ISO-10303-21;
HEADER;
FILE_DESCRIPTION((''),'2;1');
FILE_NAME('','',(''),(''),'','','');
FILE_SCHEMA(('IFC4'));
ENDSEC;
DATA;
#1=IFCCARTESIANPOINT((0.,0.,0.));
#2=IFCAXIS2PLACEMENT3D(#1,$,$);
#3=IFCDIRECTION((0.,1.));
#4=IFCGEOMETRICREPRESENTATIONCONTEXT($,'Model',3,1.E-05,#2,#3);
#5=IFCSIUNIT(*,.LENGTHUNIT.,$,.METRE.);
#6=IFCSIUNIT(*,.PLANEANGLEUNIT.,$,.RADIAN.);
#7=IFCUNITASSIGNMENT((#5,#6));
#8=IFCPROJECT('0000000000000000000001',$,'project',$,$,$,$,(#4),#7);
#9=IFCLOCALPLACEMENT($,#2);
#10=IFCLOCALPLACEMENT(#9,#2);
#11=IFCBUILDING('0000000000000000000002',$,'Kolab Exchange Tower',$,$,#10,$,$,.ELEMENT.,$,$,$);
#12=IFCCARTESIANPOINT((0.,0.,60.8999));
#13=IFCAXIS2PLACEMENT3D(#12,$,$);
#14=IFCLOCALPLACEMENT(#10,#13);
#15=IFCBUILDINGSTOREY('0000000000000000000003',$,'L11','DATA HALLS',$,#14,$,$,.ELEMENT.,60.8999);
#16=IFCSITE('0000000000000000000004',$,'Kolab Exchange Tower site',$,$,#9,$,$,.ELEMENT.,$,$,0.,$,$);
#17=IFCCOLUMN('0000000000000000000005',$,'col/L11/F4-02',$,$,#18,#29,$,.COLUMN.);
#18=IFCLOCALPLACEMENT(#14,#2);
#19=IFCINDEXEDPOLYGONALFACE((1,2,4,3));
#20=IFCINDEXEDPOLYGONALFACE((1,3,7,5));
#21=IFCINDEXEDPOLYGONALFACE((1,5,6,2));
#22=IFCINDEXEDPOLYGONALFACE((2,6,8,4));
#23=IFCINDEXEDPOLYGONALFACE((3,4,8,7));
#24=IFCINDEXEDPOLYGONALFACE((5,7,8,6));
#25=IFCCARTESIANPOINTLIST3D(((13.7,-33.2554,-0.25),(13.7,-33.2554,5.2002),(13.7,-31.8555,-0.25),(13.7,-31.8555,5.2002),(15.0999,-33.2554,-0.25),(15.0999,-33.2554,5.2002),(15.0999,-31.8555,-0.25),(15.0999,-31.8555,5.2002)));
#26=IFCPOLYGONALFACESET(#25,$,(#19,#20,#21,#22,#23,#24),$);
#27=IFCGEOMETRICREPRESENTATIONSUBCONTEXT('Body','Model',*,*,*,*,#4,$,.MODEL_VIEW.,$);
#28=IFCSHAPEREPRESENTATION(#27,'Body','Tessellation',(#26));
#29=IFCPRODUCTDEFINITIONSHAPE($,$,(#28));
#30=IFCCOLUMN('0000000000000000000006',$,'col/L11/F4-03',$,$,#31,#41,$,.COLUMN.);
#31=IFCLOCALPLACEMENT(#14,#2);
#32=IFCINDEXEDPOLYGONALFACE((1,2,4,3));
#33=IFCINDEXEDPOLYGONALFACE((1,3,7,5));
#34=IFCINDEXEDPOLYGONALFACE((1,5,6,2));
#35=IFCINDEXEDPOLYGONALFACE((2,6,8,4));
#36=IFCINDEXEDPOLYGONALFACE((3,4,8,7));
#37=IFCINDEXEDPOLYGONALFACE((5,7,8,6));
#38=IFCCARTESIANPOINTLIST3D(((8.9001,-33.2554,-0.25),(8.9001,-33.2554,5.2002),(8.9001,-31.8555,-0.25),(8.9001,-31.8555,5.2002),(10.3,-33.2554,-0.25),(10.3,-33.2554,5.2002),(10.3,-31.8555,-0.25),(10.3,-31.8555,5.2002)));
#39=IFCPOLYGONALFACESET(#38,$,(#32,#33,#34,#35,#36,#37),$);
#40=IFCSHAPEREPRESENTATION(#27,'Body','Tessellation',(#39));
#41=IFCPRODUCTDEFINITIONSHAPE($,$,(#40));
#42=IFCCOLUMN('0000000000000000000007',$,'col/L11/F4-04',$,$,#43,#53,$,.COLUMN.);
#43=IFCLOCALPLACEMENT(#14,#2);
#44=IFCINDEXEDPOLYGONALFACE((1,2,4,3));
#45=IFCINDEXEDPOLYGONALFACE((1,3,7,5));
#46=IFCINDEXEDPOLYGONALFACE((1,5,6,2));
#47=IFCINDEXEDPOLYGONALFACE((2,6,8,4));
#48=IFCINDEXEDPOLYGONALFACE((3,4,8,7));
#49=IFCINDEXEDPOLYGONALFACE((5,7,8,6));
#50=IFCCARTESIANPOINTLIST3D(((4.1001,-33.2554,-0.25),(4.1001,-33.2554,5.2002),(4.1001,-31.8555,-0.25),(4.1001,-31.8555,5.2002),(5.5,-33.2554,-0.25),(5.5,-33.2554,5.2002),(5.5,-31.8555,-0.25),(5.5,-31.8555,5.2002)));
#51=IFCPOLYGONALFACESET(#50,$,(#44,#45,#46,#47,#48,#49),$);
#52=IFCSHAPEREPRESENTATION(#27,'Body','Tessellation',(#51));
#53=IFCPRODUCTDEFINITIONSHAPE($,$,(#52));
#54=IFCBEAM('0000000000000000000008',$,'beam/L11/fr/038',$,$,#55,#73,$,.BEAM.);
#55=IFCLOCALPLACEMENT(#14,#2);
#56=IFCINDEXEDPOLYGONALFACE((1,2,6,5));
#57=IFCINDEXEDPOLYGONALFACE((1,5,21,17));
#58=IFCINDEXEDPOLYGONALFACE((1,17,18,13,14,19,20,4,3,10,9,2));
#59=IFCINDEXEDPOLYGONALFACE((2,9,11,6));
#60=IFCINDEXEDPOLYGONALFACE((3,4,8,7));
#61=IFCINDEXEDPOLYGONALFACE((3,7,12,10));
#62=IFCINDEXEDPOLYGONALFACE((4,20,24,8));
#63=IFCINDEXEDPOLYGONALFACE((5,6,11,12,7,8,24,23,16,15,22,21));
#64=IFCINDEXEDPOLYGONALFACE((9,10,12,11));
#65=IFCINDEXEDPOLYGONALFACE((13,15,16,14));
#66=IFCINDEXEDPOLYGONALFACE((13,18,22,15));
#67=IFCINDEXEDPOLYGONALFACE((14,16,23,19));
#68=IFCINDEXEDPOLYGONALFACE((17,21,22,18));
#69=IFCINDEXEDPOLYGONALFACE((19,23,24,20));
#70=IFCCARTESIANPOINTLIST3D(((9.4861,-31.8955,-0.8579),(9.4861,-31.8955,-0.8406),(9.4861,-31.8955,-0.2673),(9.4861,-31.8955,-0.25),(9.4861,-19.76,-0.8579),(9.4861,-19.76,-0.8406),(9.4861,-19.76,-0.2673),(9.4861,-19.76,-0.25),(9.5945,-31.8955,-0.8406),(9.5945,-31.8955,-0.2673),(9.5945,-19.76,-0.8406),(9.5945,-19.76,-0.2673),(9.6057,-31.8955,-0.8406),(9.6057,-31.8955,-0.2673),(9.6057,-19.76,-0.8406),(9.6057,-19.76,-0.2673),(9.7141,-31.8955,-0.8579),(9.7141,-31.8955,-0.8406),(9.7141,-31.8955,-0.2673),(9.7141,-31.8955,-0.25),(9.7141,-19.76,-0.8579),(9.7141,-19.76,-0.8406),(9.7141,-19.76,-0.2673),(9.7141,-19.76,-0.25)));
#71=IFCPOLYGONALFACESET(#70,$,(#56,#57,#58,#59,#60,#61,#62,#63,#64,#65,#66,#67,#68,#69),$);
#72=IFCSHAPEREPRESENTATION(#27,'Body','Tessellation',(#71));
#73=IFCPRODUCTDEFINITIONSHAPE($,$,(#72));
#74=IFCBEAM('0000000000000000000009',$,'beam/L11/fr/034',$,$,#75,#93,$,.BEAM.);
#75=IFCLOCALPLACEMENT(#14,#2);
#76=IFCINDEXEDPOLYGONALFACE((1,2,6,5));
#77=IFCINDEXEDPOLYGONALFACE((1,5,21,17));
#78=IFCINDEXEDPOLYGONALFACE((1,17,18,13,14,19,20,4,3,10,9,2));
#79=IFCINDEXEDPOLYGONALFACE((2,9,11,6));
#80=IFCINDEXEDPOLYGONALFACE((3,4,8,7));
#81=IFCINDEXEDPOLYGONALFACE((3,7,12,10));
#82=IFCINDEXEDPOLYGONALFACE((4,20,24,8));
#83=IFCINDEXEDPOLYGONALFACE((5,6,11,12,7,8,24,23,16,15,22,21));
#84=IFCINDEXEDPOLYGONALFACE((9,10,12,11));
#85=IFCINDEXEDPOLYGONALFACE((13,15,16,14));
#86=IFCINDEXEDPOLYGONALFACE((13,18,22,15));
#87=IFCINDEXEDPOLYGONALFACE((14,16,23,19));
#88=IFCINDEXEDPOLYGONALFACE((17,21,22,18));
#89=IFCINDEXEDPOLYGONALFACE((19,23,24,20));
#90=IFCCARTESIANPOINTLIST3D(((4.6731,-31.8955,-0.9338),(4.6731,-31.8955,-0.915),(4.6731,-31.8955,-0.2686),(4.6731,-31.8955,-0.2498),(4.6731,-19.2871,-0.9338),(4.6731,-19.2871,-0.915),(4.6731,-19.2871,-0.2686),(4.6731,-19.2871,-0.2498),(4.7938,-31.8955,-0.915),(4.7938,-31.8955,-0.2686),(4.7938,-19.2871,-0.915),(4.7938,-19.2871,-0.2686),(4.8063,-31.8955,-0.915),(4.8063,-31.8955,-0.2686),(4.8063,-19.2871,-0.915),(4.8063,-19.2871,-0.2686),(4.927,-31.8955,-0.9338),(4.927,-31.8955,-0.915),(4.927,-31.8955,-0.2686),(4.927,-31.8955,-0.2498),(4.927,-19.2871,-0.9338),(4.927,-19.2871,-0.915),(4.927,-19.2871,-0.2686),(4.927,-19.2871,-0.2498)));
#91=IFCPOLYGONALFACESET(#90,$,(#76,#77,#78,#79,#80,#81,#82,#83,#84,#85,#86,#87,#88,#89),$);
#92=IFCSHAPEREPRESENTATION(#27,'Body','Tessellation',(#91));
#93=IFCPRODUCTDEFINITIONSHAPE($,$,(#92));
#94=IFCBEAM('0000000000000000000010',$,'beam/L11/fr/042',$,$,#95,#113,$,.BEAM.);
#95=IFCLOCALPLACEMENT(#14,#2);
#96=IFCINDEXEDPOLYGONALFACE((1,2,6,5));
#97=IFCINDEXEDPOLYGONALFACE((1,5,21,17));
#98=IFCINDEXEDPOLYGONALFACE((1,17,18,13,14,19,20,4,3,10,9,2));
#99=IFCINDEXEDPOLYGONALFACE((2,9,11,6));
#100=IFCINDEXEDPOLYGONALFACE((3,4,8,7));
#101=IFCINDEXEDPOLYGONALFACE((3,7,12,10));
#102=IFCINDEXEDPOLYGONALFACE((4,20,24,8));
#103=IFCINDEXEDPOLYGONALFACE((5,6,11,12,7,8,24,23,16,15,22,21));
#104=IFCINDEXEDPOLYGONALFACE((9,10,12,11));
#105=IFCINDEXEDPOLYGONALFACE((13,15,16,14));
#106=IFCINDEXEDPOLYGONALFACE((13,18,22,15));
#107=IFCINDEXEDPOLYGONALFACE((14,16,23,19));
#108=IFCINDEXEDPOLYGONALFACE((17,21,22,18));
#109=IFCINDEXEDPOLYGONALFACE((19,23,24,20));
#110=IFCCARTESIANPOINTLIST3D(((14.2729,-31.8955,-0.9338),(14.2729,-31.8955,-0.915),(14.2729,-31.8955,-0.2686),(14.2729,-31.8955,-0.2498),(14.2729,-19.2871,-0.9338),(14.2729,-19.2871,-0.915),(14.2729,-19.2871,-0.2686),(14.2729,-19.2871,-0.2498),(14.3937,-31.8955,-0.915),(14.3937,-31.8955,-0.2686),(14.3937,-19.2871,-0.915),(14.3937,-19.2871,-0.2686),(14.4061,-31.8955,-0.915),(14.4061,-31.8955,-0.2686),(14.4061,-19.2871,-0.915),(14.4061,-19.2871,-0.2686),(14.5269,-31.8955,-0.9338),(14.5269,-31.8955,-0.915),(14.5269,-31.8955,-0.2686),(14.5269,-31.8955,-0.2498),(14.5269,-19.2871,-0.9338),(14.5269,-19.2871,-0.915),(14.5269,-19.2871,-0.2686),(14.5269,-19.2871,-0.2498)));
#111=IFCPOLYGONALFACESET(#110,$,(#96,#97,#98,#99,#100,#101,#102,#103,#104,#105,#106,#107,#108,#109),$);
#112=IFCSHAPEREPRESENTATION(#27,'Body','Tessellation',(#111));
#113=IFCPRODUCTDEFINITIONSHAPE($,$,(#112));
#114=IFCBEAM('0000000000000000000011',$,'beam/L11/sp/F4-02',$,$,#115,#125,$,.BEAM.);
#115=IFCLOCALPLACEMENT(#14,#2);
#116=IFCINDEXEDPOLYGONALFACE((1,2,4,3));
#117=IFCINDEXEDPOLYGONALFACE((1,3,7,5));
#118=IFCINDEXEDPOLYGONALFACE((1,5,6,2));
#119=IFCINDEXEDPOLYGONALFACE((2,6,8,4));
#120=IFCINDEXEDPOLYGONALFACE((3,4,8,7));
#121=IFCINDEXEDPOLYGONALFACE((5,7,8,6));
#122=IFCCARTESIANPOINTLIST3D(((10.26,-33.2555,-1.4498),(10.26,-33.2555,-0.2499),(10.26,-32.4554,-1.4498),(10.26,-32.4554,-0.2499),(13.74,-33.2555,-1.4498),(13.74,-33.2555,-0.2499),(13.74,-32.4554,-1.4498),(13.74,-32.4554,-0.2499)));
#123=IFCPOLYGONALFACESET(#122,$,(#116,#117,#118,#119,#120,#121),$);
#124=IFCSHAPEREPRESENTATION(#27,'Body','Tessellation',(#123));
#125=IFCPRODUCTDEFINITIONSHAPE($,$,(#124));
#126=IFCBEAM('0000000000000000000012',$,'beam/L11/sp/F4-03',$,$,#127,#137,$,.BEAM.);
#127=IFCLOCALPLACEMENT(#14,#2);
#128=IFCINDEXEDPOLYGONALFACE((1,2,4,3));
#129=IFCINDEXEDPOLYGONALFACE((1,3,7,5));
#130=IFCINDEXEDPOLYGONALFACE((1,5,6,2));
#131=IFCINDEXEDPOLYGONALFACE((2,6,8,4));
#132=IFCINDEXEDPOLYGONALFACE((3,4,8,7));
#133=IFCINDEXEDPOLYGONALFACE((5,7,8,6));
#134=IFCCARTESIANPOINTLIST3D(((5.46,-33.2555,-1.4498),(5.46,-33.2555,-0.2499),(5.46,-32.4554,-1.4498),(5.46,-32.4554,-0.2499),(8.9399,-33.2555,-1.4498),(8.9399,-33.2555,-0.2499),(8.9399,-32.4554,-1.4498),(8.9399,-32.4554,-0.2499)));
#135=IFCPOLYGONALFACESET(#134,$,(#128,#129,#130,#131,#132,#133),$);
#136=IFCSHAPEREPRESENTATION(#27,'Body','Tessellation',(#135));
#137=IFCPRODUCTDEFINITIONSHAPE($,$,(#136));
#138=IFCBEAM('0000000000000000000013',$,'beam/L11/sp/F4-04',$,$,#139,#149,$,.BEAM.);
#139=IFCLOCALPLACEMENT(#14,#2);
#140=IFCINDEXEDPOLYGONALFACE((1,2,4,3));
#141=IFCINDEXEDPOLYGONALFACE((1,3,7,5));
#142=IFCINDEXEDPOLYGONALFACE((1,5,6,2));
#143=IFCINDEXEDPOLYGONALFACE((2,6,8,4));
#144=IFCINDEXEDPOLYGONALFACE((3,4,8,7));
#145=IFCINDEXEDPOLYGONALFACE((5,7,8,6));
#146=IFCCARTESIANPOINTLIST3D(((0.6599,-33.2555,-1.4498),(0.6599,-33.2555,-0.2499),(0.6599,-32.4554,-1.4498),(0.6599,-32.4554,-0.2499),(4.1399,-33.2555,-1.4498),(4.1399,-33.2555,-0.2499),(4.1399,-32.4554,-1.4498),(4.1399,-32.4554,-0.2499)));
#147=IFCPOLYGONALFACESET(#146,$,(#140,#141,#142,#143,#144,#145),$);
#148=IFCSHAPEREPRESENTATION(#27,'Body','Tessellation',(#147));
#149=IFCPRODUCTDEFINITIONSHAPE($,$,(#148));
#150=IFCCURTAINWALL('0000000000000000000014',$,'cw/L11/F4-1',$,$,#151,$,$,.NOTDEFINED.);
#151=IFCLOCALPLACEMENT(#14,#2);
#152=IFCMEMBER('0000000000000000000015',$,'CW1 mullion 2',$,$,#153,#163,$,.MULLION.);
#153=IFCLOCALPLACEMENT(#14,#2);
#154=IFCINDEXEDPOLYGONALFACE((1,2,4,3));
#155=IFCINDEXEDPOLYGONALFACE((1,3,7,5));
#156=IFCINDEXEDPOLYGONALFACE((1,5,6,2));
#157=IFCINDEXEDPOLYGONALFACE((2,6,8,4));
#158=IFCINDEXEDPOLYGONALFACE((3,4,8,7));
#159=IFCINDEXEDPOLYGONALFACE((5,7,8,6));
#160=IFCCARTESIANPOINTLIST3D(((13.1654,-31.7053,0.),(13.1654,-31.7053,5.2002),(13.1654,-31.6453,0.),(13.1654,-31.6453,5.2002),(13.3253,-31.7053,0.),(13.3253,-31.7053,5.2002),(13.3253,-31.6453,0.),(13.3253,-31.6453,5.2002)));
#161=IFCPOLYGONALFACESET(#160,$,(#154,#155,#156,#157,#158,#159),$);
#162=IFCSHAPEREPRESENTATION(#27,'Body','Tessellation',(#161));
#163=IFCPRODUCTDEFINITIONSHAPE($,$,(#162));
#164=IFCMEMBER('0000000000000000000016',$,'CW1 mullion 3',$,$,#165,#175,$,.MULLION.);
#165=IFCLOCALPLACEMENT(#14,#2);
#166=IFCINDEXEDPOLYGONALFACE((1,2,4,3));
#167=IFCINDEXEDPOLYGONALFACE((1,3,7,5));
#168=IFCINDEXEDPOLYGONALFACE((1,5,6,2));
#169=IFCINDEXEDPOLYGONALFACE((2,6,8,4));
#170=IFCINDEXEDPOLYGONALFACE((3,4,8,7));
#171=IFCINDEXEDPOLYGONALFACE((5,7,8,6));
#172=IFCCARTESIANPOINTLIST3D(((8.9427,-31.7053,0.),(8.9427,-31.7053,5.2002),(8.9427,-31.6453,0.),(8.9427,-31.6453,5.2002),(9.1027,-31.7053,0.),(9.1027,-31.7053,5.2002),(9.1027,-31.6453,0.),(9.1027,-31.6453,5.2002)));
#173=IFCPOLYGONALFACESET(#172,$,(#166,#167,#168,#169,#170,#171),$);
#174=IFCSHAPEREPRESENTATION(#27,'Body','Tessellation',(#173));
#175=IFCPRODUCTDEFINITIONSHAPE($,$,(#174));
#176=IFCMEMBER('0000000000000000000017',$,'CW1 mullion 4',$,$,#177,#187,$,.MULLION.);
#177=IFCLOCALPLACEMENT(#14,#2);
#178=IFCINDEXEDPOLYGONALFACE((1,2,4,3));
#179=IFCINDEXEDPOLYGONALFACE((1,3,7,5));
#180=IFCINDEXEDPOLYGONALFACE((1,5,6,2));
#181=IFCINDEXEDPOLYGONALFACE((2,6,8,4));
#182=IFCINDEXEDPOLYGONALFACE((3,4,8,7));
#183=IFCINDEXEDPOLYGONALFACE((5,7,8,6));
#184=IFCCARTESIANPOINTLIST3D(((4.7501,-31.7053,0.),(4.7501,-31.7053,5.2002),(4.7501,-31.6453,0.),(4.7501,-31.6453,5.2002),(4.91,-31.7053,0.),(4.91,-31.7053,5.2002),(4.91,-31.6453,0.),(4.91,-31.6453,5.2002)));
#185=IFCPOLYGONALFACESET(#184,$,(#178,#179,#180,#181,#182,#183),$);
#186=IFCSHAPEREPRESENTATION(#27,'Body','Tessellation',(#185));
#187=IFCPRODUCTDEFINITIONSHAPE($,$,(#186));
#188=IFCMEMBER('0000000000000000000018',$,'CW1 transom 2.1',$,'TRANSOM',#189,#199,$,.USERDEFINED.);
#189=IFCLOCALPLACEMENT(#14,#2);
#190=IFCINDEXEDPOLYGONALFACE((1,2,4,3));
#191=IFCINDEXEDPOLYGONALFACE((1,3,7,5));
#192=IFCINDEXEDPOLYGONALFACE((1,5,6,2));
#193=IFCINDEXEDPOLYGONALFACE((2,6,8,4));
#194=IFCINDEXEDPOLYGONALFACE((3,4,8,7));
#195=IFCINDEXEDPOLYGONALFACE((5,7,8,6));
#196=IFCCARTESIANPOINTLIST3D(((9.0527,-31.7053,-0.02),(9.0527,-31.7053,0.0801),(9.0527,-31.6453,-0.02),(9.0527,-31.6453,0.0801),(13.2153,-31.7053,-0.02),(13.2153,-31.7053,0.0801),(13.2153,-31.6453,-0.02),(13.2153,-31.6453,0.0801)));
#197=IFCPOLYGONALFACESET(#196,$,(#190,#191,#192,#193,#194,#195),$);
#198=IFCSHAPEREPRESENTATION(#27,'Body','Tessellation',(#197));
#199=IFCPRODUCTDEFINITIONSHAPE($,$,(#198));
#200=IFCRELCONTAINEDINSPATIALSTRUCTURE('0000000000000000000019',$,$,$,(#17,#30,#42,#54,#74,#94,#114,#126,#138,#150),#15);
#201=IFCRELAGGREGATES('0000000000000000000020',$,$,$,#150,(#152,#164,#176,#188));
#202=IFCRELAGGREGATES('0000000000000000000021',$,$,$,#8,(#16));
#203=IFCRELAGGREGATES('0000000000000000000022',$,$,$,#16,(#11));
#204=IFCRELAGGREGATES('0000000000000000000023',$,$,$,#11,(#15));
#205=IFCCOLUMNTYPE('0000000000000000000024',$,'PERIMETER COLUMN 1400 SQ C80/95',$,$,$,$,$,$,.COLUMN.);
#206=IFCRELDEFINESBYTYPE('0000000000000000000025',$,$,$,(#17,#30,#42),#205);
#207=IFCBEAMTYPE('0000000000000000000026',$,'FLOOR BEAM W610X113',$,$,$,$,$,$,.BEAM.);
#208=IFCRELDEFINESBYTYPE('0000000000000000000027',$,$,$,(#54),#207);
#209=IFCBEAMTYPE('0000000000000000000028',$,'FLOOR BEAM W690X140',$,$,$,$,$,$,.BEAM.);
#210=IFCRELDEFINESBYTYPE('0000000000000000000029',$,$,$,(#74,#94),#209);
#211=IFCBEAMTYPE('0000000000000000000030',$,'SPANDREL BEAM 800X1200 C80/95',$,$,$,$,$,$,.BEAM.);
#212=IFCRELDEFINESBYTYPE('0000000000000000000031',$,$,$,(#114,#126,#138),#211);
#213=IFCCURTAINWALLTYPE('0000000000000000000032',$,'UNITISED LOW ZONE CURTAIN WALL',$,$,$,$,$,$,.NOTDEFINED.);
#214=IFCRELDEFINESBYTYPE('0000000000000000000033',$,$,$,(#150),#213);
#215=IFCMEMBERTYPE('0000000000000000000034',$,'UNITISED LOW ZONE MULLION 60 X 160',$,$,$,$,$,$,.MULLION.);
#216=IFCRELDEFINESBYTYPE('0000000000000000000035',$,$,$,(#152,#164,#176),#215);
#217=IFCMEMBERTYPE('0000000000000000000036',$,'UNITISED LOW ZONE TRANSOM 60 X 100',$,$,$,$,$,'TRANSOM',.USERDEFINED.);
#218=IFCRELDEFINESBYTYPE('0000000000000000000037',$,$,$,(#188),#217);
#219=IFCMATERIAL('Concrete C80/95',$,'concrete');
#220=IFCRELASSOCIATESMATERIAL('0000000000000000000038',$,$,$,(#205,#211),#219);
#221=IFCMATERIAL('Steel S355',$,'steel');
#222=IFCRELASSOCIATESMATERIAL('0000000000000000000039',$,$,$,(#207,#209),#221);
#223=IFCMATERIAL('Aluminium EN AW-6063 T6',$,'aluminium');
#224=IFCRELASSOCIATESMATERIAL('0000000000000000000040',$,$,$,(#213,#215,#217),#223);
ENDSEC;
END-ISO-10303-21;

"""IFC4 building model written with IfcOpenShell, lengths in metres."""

from ifc_helpers import new_model, si_unit, direction, frame, origin, origin_2d, place, context, subcontext, project, spatial, rectangle, i_section, extrude, material, material_profile, profile_set, type_object, element, aggregate, save


model = new_model("IFC4")

# Units and contexts
model_context = context("Model", 3, precision=1e-05, world=origin(), true_north=direction((0.0, 1.0)))
body_context = subcontext(model_context, "Body", "Model", "MODEL_VIEW")
ifc_project = project(units=[si_unit("LENGTHUNIT", "METRE"), si_unit("PLANEANGLEUNIT", "RADIAN")], contexts=[model_context])

# Site, building, storey
site_placement = place(None, origin())
site = spatial("IfcSite", under=ifc_project, at=site_placement, Name="Kolab Exchange Tower site", CompositionType="ELEMENT", RefElevation=0.0)
building_placement = place(site_placement, origin())
building = spatial("IfcBuilding", under=site, at=building_placement, Name="Kolab Exchange Tower", CompositionType="ELEMENT")
storey_placement = place(building_placement, frame((0.0, 0.0, 60.8999)))
storey = spatial("IfcBuildingStorey", under=building, at=storey_placement, Name="L11", Description="DATA HALLS", CompositionType="ELEMENT", Elevation=60.8999)

# Columns
ifc_material_1 = material(Name="Concrete C80/95", Category="concrete")
ifc_material_profile_1 = material_profile(ifc_material_1, rectangle(XDim=1.3999, YDim=1.3999, at=origin_2d()), Name="RC1400")
ifc_profile_set_1 = profile_set([ifc_material_profile_1], Name="Concrete C80/95")
column_type = type_object("IfcColumnType", Name="PERIMETER COLUMN 1400 SQ C80/95", PredefinedType="COLUMN", material=ifc_profile_set_1)
for number, where, z_axis, x_axis, name in (
    (1, (14.3999, -32.5554, -0.25), (0.0, 0.0, 1.0), (1.0, 0.0, 0.0), "col/L11/F4-02"),
    (2, (9.6001, -32.5554, -0.25), (0.0, 0.0, 1.0), (1.0, 0.0, 0.0), "col/L11/F4-03"),
    (3, (4.8, -32.5554, -0.25), (0.0, 0.0, 1.0), (1.0, 0.0, 0.0), "col/L11/F4-04"),
):
    element("IfcColumn", number, at=place(storey_placement, frame(where, z_axis=z_axis, x_axis=x_axis)), inside=storey, type_object=column_type, Name=name, PredefinedType="COLUMN", context=body_context, shape_type="SweptSolid", body=[
        extrude(rectangle(XDim=1.3999, YDim=1.3999, at=origin_2d()), origin(), (0.0, 0.0, 1.0), 5.4502),
    ])

# Beams
ifc_material_2 = material(Name="Steel S355", Category="steel")
ifc_material_profile_2 = material_profile(ifc_material_2, i_section(OverallWidth=0.228, OverallDepth=0.6079, WebThickness=0.0112, FlangeThickness=0.0173, at=origin_2d()), Name="W610X113")
ifc_profile_set_2 = profile_set([ifc_material_profile_2], Name="Steel S355")
beam_type_1 = type_object("IfcBeamType", Name="FLOOR BEAM W610X113", PredefinedType="BEAM", material=ifc_profile_set_2)
beam_placement = place(storey_placement, frame((9.6001, -31.8955, -0.554), z_axis=(0.0, 1.0, 0.0), x_axis=(-1.0, 0.0, 0.0)))
element("IfcBeam", 4, at=beam_placement, inside=storey, type_object=beam_type_1, Name="beam/L11/fr/038", PredefinedType="BEAM", context=body_context, shape_type="SweptSolid", body=[
    extrude(i_section(OverallWidth=0.228, OverallDepth=0.6079, WebThickness=0.0112, FlangeThickness=0.0173, at=origin_2d()), origin(), (0.0, 0.0, 1.0), 12.1355),
])
ifc_material_profile_3 = material_profile(ifc_material_2, i_section(OverallWidth=0.2539, OverallDepth=0.6841, WebThickness=0.0125, FlangeThickness=0.0188, at=origin_2d()), Name="W690X140")
ifc_profile_set_3 = profile_set([ifc_material_profile_3], Name="Steel S355")
beam_type_2 = type_object("IfcBeamType", Name="FLOOR BEAM W690X140", PredefinedType="BEAM", material=ifc_profile_set_3)
for number, where, z_axis, x_axis, name in (
    (5, (4.8, -31.8955, -0.5918), (0.0, 1.0, 0.0), (-1.0, 0.0, 0.0), "beam/L11/fr/034"),
    (6, (14.3999, -31.8955, -0.5918), (0.0, 1.0, 0.0), (-1.0, 0.0, 0.0), "beam/L11/fr/042"),
):
    element("IfcBeam", number, at=place(storey_placement, frame(where, z_axis=z_axis, x_axis=x_axis)), inside=storey, type_object=beam_type_2, Name=name, PredefinedType="BEAM", context=body_context, shape_type="SweptSolid", body=[
        extrude(i_section(OverallWidth=0.2539, OverallDepth=0.6841, WebThickness=0.0125, FlangeThickness=0.0188, at=origin_2d()), origin(), (0.0, 0.0, 1.0), 12.6084),
    ])
ifc_material_profile_4 = material_profile(ifc_material_1, rectangle(XDim=0.8, YDim=1.2, at=origin_2d()), Name="RC800X1200")
ifc_profile_set_4 = profile_set([ifc_material_profile_4], Name="Concrete C80/95")
beam_type_3 = type_object("IfcBeamType", Name="SPANDREL BEAM 800X1200 C80/95", PredefinedType="BEAM", material=ifc_profile_set_4)
for number, where, z_axis, x_axis, name in (
    (7, (13.74, -32.8555, -0.8499), (-1.0, 0.0, 0.0), (0.0, -1.0, 0.0), "beam/L11/sp/F4-02"),
    (8, (8.9399, -32.8555, -0.8499), (-1.0, 0.0, 0.0), (0.0, -1.0, 0.0), "beam/L11/sp/F4-03"),
    (9, (4.1399, -32.8555, -0.8499), (-1.0, 0.0, 0.0), (0.0, -1.0, 0.0), "beam/L11/sp/F4-04"),
):
    element("IfcBeam", number, at=place(storey_placement, frame(where, z_axis=z_axis, x_axis=x_axis)), inside=storey, type_object=beam_type_3, Name=name, PredefinedType="BEAM", context=body_context, shape_type="SweptSolid", body=[
        extrude(rectangle(XDim=0.8, YDim=1.2, at=origin_2d()), origin(), (0.0, 0.0, 1.0), 3.48),
    ])

# Curtain wall, members
ifc_material_3 = material(Name="Aluminium EN AW-6063 T6", Category="aluminium")
curtain_wall_type = type_object("IfcCurtainWallType", Name="UNITISED LOW ZONE CURTAIN WALL", PredefinedType="NOTDEFINED", material=ifc_material_3)
curtain_wall_placement = place(storey_placement, origin())
curtain_wall = element("IfcCurtainWall", 10, at=curtain_wall_placement, inside=storey, type_object=curtain_wall_type, Name="cw/L11/F4-1", PredefinedType="NOTDEFINED")
ifc_material_profile_5 = material_profile(ifc_material_3, rectangle(XDim=0.0601, YDim=0.1599, at=origin_2d()), Name="RECT 60X160")
ifc_profile_set_5 = profile_set([ifc_material_profile_5], Name="Aluminium EN AW-6063 T6")
member_type_1 = type_object("IfcMemberType", Name="UNITISED LOW ZONE MULLION 60 X 160", PredefinedType="MULLION", material=ifc_profile_set_5)
member_1_placement = place(storey_placement, frame((13.2454, -31.6753, 0.0), z_axis=(0.0, 0.0, 1.0), x_axis=(0.0, -1.0, 0.0)))
member_1 = element("IfcMember", 11, at=member_1_placement, type_object=member_type_1, Name="CW1 mullion 2", PredefinedType="MULLION", context=body_context, shape_type="SweptSolid", body=[
    extrude(rectangle(XDim=0.0601, YDim=0.1599, at=origin_2d()), origin(), (0.0, 0.0, 1.0), 5.2002),
])
member_2_placement = place(storey_placement, frame((9.0227, -31.6753, 0.0), z_axis=(0.0, 0.0, 1.0), x_axis=(0.0, -1.0, 0.0)))
member_2 = element("IfcMember", 12, at=member_2_placement, type_object=member_type_1, Name="CW1 mullion 3", PredefinedType="MULLION", context=body_context, shape_type="SweptSolid", body=[
    extrude(rectangle(XDim=0.0601, YDim=0.1599, at=origin_2d()), origin(), (0.0, 0.0, 1.0), 5.2002),
])
member_3_placement = place(storey_placement, frame((4.8301, -31.6753, 0.0), z_axis=(0.0, 0.0, 1.0), x_axis=(0.0, -1.0, 0.0)))
member_3 = element("IfcMember", 13, at=member_3_placement, type_object=member_type_1, Name="CW1 mullion 4", PredefinedType="MULLION", context=body_context, shape_type="SweptSolid", body=[
    extrude(rectangle(XDim=0.0601, YDim=0.1599, at=origin_2d()), origin(), (0.0, 0.0, 1.0), 5.2002),
])
ifc_material_profile_6 = material_profile(ifc_material_3, rectangle(XDim=0.0601, YDim=0.1001, at=origin_2d()), Name="RECT 60X100")
ifc_profile_set_6 = profile_set([ifc_material_profile_6], Name="Aluminium EN AW-6063 T6")
member_type_2 = type_object("IfcMemberType", Name="UNITISED LOW ZONE TRANSOM 60 X 100", ElementType="TRANSOM", PredefinedType="USERDEFINED", material=ifc_profile_set_6)
member_4_placement = place(storey_placement, frame((13.2153, -31.6753, 0.03), z_axis=(-1.0, 0.0, 0.0), x_axis=(0.0, -1.0, 0.0)))
member_4 = element("IfcMember", 14, at=member_4_placement, type_object=member_type_2, Name="CW1 transom 2.1", ObjectType="TRANSOM", PredefinedType="USERDEFINED", context=body_context, shape_type="SweptSolid", body=[
    extrude(rectangle(XDim=0.0601, YDim=0.1001, at=origin_2d()), origin(), (0.0, 0.0, 1.0), 4.1626),
])

aggregate(curtain_wall, [member_1, member_2, member_3, member_4])

save(model, "model.ifc")
